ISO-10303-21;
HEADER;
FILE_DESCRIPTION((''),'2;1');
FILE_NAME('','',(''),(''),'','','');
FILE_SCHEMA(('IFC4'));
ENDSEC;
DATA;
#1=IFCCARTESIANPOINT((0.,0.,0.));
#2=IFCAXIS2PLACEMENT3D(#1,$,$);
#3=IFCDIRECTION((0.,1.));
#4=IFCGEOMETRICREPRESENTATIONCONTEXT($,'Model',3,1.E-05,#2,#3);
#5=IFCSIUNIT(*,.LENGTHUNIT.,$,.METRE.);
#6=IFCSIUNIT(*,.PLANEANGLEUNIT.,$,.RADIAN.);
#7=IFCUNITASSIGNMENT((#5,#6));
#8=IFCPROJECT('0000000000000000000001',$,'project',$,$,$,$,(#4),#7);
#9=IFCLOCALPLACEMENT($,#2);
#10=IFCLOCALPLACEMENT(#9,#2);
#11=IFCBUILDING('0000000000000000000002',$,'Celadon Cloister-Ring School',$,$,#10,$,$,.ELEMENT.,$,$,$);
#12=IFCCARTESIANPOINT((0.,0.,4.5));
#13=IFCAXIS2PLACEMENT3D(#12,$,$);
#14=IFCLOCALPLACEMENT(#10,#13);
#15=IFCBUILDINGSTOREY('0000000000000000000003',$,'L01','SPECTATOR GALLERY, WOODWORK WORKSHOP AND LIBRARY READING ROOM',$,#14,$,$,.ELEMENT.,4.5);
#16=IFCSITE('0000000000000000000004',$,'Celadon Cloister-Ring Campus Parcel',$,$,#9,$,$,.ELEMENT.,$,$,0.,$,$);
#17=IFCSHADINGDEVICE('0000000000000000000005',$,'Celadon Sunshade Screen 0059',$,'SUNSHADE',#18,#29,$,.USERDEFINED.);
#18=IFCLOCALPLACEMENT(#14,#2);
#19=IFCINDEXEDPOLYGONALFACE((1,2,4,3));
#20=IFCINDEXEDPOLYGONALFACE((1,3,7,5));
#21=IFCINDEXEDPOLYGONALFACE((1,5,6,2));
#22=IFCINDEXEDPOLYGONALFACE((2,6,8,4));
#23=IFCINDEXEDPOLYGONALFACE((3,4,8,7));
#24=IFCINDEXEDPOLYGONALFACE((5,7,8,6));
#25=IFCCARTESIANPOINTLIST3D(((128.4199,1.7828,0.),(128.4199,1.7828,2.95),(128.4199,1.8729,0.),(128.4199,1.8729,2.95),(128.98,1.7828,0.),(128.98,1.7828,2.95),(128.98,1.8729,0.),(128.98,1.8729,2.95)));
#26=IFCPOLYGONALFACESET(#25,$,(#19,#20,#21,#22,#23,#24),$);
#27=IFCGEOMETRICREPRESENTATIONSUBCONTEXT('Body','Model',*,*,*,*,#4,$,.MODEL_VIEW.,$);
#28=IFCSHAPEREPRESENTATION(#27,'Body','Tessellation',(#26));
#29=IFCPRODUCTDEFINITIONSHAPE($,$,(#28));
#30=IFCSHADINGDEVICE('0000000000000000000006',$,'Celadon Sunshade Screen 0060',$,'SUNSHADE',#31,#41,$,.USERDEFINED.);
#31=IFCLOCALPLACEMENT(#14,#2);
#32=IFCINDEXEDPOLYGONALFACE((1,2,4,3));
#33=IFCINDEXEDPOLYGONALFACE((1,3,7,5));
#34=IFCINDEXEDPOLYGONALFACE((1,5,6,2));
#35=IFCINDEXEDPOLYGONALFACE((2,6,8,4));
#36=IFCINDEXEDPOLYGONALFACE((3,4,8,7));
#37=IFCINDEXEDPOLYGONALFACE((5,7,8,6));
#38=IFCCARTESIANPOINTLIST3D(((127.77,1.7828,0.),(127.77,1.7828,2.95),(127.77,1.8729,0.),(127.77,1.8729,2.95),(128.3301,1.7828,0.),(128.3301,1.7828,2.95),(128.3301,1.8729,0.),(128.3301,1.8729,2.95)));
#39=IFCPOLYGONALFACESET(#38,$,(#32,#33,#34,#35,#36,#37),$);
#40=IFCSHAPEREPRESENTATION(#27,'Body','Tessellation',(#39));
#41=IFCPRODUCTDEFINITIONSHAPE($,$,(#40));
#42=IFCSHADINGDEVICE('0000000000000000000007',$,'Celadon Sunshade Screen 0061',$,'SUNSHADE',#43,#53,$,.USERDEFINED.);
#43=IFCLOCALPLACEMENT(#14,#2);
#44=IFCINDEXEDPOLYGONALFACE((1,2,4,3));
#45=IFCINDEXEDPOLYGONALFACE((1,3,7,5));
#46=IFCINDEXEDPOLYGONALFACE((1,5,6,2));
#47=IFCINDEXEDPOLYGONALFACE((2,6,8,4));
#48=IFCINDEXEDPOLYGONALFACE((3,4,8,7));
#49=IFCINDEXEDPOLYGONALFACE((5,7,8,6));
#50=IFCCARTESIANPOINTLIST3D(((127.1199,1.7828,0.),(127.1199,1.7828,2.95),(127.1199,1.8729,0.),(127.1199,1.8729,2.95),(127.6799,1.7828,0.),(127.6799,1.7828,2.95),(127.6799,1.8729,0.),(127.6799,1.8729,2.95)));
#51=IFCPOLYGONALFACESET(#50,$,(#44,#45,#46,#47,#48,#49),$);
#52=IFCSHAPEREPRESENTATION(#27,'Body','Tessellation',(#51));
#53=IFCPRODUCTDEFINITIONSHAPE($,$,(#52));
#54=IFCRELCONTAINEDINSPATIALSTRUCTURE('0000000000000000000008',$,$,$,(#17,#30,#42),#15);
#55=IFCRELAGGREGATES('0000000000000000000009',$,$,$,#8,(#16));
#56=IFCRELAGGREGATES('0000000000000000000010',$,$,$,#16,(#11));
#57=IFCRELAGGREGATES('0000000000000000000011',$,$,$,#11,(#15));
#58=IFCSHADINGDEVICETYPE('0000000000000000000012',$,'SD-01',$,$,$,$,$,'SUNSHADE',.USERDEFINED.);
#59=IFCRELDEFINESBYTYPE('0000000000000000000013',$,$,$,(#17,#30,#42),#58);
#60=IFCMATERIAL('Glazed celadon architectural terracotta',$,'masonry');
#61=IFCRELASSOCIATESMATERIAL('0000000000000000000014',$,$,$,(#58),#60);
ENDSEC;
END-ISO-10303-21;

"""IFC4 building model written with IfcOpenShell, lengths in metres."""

from ifc_helpers import new_model, si_unit, direction, frame, origin, origin_2d, place, context, subcontext, project, spatial, rectangle, extrude, material, type_object, element, save


model = new_model("IFC4")

# Units and contexts
model_context = context("Model", 3, precision=1e-05, world=origin(), true_north=direction((0.0, 1.0)))
body_context = subcontext(model_context, "Body", "Model", "MODEL_VIEW")
ifc_project = project(units=[si_unit("LENGTHUNIT", "METRE"), si_unit("PLANEANGLEUNIT", "RADIAN")], contexts=[model_context])

# Site, building, storey
site_placement = place(None, origin())
site = spatial("IfcSite", under=ifc_project, at=site_placement, Name="Celadon Cloister-Ring Campus Parcel", CompositionType="ELEMENT", RefElevation=0.0)
building_placement = place(site_placement, origin())
building = spatial("IfcBuilding", under=site, at=building_placement, Name="Celadon Cloister-Ring School", CompositionType="ELEMENT")
storey_placement = place(building_placement, frame((0.0, 0.0, 4.5)))
storey = spatial("IfcBuildingStorey", under=building, at=storey_placement, Name="L01", Description="SPECTATOR GALLERY, WOODWORK WORKSHOP AND LIBRARY READING ROOM", CompositionType="ELEMENT", Elevation=4.5)

# Shading devices
ifc_material_1 = material(Name="Glazed celadon architectural terracotta", Category="masonry")
shading_device_type = type_object("IfcShadingDeviceType", Name="SD-01", ElementType="SUNSHADE", PredefinedType="USERDEFINED", material=ifc_material_1)
for number, where, z_axis, x_axis, name in (
    (1, (128.7, 1.8279, 0.0), (0.0, 0.0, 1.0), (-1.0, 0.0, 0.0), "Celadon Sunshade Screen 0059"),
    (2, (128.05, 1.8279, 0.0), (0.0, 0.0, 1.0), (-1.0, 0.0, 0.0), "Celadon Sunshade Screen 0060"),
    (3, (127.3999, 1.8279, 0.0), (0.0, 0.0, 1.0), (-1.0, 0.0, 0.0), "Celadon Sunshade Screen 0061"),
):
    element("IfcShadingDevice", number, at=place(storey_placement, frame(where, z_axis=z_axis, x_axis=x_axis)), inside=storey, type_object=shading_device_type, Name=name, ObjectType="SUNSHADE", PredefinedType="USERDEFINED", context=body_context, shape_type="SweptSolid", body=[
        extrude(rectangle(XDim=0.5601, YDim=0.0901, at=origin_2d()), origin(), (0.0, 0.0, 1.0), 2.95),
    ])

save(model, "model.ifc")
